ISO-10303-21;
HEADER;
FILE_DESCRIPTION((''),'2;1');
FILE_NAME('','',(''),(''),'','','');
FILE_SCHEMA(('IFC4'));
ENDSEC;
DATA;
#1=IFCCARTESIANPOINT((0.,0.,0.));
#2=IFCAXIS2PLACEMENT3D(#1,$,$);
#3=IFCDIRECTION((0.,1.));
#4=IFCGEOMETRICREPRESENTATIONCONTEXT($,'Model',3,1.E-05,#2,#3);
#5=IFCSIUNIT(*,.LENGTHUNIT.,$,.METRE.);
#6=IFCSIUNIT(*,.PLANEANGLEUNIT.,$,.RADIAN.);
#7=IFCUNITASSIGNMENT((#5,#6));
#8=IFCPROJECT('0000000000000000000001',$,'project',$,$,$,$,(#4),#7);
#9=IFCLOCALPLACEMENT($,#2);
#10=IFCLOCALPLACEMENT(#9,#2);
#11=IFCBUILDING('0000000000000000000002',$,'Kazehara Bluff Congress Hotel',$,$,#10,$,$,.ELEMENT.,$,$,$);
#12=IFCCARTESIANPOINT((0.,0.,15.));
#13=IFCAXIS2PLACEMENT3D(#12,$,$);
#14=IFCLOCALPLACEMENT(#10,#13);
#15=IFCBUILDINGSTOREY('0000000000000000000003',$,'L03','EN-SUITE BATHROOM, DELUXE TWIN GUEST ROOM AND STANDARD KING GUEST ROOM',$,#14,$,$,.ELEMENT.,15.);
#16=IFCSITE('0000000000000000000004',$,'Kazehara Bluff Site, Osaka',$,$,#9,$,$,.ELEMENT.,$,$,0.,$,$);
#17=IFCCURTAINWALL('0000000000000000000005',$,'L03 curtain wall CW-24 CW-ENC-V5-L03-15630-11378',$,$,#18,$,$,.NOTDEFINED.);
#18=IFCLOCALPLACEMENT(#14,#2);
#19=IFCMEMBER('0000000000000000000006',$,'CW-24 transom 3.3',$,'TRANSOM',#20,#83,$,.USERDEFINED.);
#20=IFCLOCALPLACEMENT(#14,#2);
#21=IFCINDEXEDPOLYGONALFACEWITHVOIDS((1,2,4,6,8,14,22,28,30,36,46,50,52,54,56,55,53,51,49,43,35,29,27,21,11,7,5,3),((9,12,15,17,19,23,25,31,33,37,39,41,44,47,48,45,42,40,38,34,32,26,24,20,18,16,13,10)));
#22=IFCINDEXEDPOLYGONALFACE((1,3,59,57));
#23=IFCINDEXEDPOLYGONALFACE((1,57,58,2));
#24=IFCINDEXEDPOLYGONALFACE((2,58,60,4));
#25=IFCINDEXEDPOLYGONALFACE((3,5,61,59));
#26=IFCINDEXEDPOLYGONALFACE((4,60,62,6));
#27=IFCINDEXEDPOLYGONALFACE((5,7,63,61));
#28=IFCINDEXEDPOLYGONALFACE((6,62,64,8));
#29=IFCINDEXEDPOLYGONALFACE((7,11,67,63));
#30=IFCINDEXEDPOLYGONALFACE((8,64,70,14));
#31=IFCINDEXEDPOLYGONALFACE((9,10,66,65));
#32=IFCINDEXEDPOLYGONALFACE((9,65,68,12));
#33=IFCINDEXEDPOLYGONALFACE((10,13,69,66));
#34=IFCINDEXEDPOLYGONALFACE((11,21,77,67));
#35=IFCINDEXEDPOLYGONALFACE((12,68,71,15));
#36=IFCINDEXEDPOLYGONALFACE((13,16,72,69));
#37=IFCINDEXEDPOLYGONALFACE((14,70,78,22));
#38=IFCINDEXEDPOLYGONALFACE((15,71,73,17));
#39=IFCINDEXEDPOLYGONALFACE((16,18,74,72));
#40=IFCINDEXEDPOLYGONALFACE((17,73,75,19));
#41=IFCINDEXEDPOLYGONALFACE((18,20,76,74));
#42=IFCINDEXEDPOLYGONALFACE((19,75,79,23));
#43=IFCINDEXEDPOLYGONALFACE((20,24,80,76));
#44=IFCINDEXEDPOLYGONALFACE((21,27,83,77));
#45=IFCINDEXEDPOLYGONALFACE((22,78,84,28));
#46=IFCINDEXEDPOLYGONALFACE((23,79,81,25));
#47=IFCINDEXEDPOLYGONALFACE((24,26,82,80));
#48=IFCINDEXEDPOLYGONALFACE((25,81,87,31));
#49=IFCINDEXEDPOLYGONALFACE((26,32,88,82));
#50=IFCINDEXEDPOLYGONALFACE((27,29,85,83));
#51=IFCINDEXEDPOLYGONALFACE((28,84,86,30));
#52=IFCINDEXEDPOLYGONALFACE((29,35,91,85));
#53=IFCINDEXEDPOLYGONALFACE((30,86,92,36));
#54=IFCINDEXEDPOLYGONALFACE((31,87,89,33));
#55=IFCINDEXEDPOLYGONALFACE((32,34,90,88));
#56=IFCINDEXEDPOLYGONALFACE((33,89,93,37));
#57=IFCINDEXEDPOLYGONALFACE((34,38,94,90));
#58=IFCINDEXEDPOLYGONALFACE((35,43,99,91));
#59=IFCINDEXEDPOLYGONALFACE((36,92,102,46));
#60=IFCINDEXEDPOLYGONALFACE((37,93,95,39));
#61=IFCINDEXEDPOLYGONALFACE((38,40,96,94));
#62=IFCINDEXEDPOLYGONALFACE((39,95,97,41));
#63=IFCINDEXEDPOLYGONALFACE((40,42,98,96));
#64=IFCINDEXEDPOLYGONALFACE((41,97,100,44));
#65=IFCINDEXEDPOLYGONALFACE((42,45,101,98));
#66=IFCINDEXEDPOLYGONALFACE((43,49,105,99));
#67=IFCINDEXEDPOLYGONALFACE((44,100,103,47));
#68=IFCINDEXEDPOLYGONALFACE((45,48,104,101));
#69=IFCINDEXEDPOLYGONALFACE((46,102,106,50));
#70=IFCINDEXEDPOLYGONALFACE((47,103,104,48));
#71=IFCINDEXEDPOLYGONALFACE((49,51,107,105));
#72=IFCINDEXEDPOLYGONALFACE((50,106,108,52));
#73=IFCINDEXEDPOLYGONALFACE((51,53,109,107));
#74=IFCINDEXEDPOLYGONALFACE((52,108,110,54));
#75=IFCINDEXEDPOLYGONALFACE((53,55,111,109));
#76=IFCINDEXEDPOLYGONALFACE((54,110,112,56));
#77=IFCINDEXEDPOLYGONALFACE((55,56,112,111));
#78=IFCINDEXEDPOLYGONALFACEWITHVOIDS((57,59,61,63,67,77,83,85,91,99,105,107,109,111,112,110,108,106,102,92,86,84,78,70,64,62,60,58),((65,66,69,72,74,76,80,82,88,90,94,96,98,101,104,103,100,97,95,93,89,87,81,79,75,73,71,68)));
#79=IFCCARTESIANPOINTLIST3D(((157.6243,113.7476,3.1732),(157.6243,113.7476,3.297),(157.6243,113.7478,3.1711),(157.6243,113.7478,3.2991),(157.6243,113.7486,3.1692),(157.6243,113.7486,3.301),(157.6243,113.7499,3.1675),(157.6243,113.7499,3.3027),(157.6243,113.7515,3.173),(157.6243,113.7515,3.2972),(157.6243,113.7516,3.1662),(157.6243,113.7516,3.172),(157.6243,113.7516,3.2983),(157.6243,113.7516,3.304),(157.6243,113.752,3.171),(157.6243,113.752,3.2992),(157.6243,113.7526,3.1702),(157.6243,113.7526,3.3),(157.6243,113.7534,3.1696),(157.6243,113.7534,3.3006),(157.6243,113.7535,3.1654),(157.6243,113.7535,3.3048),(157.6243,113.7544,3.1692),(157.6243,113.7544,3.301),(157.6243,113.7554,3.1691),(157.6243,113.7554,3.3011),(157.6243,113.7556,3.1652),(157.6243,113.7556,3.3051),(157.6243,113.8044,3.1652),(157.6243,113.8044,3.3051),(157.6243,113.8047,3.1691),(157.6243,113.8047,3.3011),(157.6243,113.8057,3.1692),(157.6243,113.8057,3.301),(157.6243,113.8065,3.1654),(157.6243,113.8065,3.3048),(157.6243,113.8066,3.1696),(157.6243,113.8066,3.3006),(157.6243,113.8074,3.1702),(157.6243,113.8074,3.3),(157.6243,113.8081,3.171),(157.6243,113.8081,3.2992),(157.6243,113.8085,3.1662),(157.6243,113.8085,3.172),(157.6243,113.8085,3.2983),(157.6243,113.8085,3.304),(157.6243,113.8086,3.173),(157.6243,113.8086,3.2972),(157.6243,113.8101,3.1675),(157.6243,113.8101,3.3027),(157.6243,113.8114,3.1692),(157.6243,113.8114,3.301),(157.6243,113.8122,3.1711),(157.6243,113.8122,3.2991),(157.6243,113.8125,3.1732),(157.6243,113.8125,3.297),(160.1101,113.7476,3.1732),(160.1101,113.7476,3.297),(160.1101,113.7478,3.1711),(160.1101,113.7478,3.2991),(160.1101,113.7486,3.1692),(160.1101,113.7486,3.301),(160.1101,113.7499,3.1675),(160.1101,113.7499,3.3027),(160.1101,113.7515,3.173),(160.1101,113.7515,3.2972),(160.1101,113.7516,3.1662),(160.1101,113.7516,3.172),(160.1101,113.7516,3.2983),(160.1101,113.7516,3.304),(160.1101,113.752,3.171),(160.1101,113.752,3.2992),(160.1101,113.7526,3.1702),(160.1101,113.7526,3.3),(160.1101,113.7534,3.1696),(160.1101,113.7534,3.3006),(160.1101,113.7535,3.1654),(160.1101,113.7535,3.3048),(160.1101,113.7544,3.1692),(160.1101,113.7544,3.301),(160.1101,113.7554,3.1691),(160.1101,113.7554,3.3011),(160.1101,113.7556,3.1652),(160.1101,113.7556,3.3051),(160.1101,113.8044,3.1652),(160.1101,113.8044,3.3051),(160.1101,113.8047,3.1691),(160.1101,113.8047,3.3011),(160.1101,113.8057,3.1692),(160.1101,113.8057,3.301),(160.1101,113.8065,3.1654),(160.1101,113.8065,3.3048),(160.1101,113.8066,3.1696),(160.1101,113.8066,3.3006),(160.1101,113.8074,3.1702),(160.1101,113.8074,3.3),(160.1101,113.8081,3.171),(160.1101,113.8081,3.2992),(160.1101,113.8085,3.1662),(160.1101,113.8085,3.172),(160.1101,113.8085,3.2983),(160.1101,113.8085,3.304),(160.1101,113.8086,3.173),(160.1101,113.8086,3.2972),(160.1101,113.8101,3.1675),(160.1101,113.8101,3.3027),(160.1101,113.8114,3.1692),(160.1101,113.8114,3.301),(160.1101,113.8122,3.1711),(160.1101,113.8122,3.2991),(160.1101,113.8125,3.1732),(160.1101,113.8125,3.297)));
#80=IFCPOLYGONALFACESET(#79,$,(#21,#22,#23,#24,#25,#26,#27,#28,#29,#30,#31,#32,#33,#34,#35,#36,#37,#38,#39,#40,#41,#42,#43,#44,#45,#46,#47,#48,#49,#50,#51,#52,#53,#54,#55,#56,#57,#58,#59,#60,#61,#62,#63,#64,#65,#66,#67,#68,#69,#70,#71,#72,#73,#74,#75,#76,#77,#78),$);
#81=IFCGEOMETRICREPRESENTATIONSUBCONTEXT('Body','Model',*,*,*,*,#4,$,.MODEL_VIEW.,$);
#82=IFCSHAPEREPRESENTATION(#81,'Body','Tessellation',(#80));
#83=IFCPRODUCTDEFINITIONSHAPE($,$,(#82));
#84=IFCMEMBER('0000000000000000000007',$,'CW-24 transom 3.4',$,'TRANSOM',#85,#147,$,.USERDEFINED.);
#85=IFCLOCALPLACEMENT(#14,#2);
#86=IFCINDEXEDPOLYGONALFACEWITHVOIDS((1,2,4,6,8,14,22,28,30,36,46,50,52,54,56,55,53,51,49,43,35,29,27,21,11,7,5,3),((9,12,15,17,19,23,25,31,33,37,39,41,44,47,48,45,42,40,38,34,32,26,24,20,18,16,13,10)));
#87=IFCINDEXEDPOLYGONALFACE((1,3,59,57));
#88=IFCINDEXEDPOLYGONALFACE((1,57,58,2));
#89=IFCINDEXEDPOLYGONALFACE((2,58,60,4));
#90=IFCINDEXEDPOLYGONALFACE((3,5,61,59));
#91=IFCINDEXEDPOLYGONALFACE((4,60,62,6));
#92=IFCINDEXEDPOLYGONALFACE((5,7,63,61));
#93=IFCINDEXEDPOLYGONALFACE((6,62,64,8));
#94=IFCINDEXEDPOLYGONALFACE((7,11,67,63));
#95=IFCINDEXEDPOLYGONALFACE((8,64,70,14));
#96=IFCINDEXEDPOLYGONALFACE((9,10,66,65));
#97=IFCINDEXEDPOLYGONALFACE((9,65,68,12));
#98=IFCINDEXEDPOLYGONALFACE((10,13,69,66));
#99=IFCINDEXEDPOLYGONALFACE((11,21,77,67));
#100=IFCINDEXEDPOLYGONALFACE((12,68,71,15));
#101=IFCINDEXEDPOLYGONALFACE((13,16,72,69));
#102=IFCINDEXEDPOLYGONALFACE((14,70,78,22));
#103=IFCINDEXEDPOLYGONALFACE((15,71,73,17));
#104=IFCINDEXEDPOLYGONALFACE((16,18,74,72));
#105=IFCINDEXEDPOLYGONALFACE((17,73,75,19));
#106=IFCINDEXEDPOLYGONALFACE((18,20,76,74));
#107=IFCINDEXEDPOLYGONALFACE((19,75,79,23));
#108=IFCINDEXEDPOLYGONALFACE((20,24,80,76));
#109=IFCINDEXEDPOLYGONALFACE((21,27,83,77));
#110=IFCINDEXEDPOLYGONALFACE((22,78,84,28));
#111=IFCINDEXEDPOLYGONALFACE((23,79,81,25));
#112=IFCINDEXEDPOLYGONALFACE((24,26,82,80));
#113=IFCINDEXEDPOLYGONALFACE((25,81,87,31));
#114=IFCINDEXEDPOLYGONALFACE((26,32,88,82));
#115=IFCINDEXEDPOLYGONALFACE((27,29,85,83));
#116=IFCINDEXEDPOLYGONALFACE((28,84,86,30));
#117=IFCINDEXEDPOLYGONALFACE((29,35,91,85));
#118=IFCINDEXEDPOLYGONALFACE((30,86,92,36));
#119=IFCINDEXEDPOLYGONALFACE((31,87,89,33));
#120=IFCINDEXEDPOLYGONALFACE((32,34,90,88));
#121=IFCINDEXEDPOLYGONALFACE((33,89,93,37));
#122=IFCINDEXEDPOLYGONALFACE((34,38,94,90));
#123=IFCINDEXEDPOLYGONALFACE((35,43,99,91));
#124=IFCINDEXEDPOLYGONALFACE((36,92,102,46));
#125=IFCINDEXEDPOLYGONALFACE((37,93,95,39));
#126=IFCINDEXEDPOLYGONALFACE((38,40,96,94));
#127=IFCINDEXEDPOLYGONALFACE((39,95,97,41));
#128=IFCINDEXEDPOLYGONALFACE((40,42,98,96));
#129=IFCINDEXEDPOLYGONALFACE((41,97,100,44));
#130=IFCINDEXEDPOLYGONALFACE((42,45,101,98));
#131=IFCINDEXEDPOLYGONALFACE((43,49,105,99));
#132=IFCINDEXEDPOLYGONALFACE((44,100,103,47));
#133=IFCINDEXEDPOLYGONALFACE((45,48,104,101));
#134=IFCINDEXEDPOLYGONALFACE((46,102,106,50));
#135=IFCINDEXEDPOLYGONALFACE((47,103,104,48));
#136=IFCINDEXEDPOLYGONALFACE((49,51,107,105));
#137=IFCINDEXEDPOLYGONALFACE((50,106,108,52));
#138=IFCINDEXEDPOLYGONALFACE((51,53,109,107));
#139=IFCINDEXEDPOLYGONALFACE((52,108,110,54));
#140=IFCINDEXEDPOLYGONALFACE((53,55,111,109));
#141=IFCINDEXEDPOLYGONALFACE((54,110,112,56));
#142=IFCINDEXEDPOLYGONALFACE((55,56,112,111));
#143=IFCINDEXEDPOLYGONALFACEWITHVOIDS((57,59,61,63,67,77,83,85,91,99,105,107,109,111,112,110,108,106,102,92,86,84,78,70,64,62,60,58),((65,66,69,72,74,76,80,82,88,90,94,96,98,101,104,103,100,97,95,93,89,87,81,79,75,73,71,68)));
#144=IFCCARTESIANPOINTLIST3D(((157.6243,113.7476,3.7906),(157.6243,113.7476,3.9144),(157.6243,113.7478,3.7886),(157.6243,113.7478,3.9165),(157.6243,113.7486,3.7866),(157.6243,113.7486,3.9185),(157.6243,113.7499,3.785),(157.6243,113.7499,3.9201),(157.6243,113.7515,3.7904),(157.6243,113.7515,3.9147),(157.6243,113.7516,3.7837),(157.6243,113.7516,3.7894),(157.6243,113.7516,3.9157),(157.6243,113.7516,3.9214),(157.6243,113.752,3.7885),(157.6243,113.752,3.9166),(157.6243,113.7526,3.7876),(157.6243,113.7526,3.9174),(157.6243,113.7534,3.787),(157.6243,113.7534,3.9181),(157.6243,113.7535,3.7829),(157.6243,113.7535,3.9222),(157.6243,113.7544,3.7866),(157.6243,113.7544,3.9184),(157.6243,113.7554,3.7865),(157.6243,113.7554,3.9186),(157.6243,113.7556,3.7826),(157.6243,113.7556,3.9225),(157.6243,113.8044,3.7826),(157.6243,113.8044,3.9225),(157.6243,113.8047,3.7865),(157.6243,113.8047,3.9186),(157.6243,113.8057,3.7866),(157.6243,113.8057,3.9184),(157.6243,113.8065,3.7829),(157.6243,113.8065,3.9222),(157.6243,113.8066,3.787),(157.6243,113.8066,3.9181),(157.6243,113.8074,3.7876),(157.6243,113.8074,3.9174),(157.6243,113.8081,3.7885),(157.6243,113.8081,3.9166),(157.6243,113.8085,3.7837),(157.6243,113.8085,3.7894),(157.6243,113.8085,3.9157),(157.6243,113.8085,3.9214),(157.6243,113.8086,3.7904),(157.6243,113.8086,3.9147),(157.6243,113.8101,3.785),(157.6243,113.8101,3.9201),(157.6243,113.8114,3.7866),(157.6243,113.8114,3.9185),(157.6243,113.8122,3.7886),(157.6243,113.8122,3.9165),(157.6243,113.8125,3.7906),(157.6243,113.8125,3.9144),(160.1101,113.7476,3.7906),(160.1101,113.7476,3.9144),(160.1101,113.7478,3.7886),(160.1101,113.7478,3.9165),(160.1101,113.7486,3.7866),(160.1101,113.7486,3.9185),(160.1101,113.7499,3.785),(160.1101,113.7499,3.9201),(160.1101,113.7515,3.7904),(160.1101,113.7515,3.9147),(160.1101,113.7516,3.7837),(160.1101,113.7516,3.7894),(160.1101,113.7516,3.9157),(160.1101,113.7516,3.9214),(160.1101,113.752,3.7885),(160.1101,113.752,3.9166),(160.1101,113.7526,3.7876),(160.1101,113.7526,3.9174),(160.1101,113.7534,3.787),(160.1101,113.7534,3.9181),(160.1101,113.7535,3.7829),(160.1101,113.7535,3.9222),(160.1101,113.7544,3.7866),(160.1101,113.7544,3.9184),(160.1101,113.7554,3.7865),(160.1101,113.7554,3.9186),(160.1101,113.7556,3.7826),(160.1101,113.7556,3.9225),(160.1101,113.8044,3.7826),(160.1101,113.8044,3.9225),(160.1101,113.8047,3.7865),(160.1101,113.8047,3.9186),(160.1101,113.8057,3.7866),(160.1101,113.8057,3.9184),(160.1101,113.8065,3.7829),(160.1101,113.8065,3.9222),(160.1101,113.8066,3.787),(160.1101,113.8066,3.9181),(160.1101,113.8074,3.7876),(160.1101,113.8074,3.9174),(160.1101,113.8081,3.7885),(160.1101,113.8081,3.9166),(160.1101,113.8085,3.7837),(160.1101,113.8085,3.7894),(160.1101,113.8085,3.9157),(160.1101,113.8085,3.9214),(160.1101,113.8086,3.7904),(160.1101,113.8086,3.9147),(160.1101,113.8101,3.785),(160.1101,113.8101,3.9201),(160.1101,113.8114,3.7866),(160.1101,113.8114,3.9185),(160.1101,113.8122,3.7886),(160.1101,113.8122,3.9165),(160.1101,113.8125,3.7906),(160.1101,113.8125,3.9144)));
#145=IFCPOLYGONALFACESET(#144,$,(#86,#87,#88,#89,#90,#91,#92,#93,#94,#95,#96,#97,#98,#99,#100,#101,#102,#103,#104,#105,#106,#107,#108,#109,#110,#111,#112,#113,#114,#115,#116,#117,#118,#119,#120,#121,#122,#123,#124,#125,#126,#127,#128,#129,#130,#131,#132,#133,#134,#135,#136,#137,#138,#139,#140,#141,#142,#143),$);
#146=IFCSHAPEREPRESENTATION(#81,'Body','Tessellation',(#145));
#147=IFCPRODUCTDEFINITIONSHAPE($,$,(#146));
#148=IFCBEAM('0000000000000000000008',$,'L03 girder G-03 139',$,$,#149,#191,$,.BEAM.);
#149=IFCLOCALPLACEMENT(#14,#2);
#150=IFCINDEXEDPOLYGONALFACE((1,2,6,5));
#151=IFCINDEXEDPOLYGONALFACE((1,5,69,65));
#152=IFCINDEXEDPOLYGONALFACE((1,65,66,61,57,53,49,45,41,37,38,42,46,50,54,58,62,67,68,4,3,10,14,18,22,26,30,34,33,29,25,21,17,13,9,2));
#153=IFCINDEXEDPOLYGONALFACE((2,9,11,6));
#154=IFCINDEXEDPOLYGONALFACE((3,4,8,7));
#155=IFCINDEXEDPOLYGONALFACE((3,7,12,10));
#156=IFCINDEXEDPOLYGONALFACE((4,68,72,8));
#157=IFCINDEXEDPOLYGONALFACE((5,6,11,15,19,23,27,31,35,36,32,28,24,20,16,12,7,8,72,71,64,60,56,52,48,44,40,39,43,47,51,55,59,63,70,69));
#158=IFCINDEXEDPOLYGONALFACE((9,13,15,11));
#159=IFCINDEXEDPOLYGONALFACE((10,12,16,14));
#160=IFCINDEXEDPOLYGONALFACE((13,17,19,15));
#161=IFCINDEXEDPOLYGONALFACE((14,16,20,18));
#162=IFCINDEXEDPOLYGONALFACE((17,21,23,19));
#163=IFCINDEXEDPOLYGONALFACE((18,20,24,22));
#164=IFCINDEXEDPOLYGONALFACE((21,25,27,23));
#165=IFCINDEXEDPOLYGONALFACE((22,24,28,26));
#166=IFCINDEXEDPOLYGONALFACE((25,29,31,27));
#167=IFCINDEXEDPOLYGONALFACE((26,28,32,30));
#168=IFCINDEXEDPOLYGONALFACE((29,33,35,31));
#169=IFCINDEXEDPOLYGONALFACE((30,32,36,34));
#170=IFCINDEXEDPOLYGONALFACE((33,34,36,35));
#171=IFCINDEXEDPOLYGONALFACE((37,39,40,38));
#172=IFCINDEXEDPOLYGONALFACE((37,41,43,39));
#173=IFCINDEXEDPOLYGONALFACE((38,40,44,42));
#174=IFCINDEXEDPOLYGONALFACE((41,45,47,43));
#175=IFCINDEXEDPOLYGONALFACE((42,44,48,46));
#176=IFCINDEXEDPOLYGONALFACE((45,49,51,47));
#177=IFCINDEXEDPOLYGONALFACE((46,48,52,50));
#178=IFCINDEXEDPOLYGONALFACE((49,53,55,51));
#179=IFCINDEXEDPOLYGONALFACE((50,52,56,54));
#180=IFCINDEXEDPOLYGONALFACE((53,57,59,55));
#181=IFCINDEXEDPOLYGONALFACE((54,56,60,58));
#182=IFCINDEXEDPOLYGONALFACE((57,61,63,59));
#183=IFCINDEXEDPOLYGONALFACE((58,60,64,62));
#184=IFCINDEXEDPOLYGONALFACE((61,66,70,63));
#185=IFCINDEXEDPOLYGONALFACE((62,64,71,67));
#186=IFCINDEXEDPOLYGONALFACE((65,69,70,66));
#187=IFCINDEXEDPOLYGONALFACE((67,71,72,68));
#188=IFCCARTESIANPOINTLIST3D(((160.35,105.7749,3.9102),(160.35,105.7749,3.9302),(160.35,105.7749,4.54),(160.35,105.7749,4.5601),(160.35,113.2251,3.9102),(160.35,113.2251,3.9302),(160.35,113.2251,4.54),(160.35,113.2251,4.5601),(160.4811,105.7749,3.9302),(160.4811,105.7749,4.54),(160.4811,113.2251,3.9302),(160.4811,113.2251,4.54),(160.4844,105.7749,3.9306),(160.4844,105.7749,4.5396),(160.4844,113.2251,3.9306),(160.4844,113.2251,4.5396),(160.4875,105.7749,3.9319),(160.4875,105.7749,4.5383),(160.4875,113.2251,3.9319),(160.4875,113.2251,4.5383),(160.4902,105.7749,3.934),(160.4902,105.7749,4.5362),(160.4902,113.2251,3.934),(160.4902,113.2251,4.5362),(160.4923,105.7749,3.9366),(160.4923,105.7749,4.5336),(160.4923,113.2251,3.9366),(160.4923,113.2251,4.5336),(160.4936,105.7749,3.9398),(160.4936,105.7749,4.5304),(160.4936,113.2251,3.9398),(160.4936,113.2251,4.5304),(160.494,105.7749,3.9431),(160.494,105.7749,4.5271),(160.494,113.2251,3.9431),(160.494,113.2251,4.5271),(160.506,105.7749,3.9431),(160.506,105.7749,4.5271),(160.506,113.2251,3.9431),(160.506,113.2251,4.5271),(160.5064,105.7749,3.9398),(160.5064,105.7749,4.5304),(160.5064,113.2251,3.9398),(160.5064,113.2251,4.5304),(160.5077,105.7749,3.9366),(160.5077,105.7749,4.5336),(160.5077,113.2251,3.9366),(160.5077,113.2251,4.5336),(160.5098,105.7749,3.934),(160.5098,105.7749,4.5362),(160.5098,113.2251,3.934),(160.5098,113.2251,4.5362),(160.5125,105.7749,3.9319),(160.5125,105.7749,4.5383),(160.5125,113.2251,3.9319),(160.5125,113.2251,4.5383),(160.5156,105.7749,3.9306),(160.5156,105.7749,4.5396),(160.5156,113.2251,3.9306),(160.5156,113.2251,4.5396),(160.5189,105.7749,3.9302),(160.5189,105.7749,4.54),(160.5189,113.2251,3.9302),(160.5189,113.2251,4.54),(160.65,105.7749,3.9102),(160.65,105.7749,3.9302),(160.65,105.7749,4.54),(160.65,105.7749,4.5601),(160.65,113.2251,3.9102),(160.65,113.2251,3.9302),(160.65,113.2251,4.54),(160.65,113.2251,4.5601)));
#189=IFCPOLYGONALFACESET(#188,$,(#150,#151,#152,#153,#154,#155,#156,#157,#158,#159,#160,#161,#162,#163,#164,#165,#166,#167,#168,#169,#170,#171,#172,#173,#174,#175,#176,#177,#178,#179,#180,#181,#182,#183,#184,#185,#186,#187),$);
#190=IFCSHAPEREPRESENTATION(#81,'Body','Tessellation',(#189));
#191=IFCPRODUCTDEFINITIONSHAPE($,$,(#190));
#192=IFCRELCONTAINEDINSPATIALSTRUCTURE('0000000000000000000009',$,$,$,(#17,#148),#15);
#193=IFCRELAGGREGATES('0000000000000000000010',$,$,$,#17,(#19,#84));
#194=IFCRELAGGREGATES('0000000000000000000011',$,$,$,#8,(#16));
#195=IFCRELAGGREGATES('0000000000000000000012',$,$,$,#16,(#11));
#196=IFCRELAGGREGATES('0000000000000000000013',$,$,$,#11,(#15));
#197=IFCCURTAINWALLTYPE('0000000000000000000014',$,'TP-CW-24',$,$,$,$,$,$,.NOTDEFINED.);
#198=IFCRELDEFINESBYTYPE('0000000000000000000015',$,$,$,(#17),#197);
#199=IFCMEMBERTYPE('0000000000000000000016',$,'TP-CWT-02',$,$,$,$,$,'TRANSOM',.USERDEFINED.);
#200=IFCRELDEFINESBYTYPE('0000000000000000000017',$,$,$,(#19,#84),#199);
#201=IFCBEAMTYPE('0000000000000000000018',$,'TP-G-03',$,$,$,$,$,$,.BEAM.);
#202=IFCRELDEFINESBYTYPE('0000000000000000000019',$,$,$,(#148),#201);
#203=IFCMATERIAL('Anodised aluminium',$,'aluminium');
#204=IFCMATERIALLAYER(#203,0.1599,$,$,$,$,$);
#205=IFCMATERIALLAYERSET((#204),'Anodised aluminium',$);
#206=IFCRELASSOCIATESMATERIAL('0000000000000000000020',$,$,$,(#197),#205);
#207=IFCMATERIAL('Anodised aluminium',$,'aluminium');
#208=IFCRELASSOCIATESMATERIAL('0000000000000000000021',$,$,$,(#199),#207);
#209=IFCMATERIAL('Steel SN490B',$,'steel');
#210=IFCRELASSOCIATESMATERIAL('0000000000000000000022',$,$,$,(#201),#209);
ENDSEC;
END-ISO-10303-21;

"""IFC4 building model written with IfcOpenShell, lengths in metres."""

from ifc_helpers import new_model, si_unit, direction, frame, origin, origin_2d, place, context, subcontext, project, spatial, hollow_rectangle, i_section, extrude, material, layer, layer_set, material_profile, profile_set, type_object, element, aggregate, save


model = new_model("IFC4")

# Units and contexts
model_context = context("Model", 3, precision=1e-05, world=origin(), true_north=direction((0.0, 1.0)))
body_context = subcontext(model_context, "Body", "Model", "MODEL_VIEW")
ifc_project = project(units=[si_unit("LENGTHUNIT", "METRE"), si_unit("PLANEANGLEUNIT", "RADIAN")], contexts=[model_context])

# Site, building, storey
site_placement = place(None, origin())
site = spatial("IfcSite", under=ifc_project, at=site_placement, Name="Kazehara Bluff Site, Osaka", CompositionType="ELEMENT", RefElevation=0.0)
building_placement = place(site_placement, origin())
building = spatial("IfcBuilding", under=site, at=building_placement, Name="Kazehara Bluff Congress Hotel", CompositionType="ELEMENT")
storey_placement = place(building_placement, frame((0.0, 0.0, 15.0)))
storey = spatial("IfcBuildingStorey", under=building, at=storey_placement, Name="L03", Description="EN-SUITE BATHROOM, DELUXE TWIN GUEST ROOM AND STANDARD KING GUEST ROOM", CompositionType="ELEMENT", Elevation=15.0)

# Curtain wall
ifc_material_1 = material(Name="Anodised aluminium", Category="aluminium")
ifc_layer_1 = layer(ifc_material_1, 0.1599)
ifc_layer_set_1 = layer_set([ifc_layer_1], Name="Anodised aluminium")
curtain_wall_type_1 = type_object("IfcCurtainWallType", Name="TP-CW-24", PredefinedType="NOTDEFINED", material=ifc_layer_set_1)
curtain_wall_1_placement = place(storey_placement, origin())
curtain_wall_1 = element("IfcCurtainWall", 1, at=curtain_wall_1_placement, inside=storey, type_object=curtain_wall_type_1, Name="L03 curtain wall CW-24 CW-ENC-V5-L03-15630-11378", PredefinedType="NOTDEFINED")

# Members
ifc_material_2 = material(Name="Anodised aluminium", Category="aluminium")
ifc_material_profile_1 = material_profile(ifc_material_2, hollow_rectangle(XDim=0.0649, YDim=0.1399, WallThickness=0.0039, InnerFilletRadius=0.0039, OuterFilletRadius=0.0081, at=origin_2d()))
ifc_profile_set_1 = profile_set([ifc_material_profile_1], Name="Anodised aluminium")
member_type_1 = type_object("IfcMemberType", Name="TP-CWT-02", ElementType="TRANSOM", PredefinedType="USERDEFINED", material=ifc_profile_set_1)
member_1_placement = place(storey_placement, frame((157.6243, 113.78, 3.2351), z_axis=(1.0, 0.0, 0.0), x_axis=(0.0, 1.0, 0.0)))
member_1 = element("IfcMember", 2, at=member_1_placement, type_object=member_type_1, Name="CW-24 transom 3.3", ObjectType="TRANSOM", PredefinedType="USERDEFINED", context=body_context, shape_type="SweptSolid", body=[
    extrude(hollow_rectangle(XDim=0.0649, YDim=0.1399, WallThickness=0.0039, InnerFilletRadius=0.0039, OuterFilletRadius=0.0081, at=origin_2d()), origin(), (0.0, 0.0, 1.0), 2.4858),
])
member_2_placement = place(storey_placement, frame((157.6243, 113.78, 3.8525), z_axis=(1.0, 0.0, 0.0), x_axis=(0.0, 1.0, 0.0)))
member_2 = element("IfcMember", 3, at=member_2_placement, type_object=member_type_1, Name="CW-24 transom 3.4", ObjectType="TRANSOM", PredefinedType="USERDEFINED", context=body_context, shape_type="SweptSolid", body=[
    extrude(hollow_rectangle(XDim=0.0649, YDim=0.1399, WallThickness=0.0039, InnerFilletRadius=0.0039, OuterFilletRadius=0.0081, at=origin_2d()), origin(), (0.0, 0.0, 1.0), 2.4858),
])

# Beam
ifc_material_3 = material(Name="Steel SN490B", Category="steel")
ifc_material_profile_2 = material_profile(ifc_material_3, i_section(OverallWidth=0.3, OverallDepth=0.6499, WebThickness=0.012, FlangeThickness=0.02, FilletRadius=0.0129, at=origin_2d()))
ifc_profile_set_2 = profile_set([ifc_material_profile_2], Name="Steel SN490B")
beam_type_1 = type_object("IfcBeamType", Name="TP-G-03", PredefinedType="BEAM", material=ifc_profile_set_2)
beam_1_placement = place(storey_placement, frame((160.5, 105.7749, 4.2351), z_axis=(0.0, 1.0, 0.0), x_axis=(-1.0, 0.0, 0.0)))
element("IfcBeam", 4, at=beam_1_placement, inside=storey, type_object=beam_type_1, Name="L03 girder G-03 139", PredefinedType="BEAM", context=body_context, shape_type="SweptSolid", body=[
    extrude(i_section(OverallWidth=0.3, OverallDepth=0.6499, WebThickness=0.012, FlangeThickness=0.02, FilletRadius=0.0129, at=origin_2d()), origin(), (0.0, 0.0, 1.0), 7.4502),
])

aggregate(curtain_wall_1, [member_1, member_2])

save(model, "model.ifc")
